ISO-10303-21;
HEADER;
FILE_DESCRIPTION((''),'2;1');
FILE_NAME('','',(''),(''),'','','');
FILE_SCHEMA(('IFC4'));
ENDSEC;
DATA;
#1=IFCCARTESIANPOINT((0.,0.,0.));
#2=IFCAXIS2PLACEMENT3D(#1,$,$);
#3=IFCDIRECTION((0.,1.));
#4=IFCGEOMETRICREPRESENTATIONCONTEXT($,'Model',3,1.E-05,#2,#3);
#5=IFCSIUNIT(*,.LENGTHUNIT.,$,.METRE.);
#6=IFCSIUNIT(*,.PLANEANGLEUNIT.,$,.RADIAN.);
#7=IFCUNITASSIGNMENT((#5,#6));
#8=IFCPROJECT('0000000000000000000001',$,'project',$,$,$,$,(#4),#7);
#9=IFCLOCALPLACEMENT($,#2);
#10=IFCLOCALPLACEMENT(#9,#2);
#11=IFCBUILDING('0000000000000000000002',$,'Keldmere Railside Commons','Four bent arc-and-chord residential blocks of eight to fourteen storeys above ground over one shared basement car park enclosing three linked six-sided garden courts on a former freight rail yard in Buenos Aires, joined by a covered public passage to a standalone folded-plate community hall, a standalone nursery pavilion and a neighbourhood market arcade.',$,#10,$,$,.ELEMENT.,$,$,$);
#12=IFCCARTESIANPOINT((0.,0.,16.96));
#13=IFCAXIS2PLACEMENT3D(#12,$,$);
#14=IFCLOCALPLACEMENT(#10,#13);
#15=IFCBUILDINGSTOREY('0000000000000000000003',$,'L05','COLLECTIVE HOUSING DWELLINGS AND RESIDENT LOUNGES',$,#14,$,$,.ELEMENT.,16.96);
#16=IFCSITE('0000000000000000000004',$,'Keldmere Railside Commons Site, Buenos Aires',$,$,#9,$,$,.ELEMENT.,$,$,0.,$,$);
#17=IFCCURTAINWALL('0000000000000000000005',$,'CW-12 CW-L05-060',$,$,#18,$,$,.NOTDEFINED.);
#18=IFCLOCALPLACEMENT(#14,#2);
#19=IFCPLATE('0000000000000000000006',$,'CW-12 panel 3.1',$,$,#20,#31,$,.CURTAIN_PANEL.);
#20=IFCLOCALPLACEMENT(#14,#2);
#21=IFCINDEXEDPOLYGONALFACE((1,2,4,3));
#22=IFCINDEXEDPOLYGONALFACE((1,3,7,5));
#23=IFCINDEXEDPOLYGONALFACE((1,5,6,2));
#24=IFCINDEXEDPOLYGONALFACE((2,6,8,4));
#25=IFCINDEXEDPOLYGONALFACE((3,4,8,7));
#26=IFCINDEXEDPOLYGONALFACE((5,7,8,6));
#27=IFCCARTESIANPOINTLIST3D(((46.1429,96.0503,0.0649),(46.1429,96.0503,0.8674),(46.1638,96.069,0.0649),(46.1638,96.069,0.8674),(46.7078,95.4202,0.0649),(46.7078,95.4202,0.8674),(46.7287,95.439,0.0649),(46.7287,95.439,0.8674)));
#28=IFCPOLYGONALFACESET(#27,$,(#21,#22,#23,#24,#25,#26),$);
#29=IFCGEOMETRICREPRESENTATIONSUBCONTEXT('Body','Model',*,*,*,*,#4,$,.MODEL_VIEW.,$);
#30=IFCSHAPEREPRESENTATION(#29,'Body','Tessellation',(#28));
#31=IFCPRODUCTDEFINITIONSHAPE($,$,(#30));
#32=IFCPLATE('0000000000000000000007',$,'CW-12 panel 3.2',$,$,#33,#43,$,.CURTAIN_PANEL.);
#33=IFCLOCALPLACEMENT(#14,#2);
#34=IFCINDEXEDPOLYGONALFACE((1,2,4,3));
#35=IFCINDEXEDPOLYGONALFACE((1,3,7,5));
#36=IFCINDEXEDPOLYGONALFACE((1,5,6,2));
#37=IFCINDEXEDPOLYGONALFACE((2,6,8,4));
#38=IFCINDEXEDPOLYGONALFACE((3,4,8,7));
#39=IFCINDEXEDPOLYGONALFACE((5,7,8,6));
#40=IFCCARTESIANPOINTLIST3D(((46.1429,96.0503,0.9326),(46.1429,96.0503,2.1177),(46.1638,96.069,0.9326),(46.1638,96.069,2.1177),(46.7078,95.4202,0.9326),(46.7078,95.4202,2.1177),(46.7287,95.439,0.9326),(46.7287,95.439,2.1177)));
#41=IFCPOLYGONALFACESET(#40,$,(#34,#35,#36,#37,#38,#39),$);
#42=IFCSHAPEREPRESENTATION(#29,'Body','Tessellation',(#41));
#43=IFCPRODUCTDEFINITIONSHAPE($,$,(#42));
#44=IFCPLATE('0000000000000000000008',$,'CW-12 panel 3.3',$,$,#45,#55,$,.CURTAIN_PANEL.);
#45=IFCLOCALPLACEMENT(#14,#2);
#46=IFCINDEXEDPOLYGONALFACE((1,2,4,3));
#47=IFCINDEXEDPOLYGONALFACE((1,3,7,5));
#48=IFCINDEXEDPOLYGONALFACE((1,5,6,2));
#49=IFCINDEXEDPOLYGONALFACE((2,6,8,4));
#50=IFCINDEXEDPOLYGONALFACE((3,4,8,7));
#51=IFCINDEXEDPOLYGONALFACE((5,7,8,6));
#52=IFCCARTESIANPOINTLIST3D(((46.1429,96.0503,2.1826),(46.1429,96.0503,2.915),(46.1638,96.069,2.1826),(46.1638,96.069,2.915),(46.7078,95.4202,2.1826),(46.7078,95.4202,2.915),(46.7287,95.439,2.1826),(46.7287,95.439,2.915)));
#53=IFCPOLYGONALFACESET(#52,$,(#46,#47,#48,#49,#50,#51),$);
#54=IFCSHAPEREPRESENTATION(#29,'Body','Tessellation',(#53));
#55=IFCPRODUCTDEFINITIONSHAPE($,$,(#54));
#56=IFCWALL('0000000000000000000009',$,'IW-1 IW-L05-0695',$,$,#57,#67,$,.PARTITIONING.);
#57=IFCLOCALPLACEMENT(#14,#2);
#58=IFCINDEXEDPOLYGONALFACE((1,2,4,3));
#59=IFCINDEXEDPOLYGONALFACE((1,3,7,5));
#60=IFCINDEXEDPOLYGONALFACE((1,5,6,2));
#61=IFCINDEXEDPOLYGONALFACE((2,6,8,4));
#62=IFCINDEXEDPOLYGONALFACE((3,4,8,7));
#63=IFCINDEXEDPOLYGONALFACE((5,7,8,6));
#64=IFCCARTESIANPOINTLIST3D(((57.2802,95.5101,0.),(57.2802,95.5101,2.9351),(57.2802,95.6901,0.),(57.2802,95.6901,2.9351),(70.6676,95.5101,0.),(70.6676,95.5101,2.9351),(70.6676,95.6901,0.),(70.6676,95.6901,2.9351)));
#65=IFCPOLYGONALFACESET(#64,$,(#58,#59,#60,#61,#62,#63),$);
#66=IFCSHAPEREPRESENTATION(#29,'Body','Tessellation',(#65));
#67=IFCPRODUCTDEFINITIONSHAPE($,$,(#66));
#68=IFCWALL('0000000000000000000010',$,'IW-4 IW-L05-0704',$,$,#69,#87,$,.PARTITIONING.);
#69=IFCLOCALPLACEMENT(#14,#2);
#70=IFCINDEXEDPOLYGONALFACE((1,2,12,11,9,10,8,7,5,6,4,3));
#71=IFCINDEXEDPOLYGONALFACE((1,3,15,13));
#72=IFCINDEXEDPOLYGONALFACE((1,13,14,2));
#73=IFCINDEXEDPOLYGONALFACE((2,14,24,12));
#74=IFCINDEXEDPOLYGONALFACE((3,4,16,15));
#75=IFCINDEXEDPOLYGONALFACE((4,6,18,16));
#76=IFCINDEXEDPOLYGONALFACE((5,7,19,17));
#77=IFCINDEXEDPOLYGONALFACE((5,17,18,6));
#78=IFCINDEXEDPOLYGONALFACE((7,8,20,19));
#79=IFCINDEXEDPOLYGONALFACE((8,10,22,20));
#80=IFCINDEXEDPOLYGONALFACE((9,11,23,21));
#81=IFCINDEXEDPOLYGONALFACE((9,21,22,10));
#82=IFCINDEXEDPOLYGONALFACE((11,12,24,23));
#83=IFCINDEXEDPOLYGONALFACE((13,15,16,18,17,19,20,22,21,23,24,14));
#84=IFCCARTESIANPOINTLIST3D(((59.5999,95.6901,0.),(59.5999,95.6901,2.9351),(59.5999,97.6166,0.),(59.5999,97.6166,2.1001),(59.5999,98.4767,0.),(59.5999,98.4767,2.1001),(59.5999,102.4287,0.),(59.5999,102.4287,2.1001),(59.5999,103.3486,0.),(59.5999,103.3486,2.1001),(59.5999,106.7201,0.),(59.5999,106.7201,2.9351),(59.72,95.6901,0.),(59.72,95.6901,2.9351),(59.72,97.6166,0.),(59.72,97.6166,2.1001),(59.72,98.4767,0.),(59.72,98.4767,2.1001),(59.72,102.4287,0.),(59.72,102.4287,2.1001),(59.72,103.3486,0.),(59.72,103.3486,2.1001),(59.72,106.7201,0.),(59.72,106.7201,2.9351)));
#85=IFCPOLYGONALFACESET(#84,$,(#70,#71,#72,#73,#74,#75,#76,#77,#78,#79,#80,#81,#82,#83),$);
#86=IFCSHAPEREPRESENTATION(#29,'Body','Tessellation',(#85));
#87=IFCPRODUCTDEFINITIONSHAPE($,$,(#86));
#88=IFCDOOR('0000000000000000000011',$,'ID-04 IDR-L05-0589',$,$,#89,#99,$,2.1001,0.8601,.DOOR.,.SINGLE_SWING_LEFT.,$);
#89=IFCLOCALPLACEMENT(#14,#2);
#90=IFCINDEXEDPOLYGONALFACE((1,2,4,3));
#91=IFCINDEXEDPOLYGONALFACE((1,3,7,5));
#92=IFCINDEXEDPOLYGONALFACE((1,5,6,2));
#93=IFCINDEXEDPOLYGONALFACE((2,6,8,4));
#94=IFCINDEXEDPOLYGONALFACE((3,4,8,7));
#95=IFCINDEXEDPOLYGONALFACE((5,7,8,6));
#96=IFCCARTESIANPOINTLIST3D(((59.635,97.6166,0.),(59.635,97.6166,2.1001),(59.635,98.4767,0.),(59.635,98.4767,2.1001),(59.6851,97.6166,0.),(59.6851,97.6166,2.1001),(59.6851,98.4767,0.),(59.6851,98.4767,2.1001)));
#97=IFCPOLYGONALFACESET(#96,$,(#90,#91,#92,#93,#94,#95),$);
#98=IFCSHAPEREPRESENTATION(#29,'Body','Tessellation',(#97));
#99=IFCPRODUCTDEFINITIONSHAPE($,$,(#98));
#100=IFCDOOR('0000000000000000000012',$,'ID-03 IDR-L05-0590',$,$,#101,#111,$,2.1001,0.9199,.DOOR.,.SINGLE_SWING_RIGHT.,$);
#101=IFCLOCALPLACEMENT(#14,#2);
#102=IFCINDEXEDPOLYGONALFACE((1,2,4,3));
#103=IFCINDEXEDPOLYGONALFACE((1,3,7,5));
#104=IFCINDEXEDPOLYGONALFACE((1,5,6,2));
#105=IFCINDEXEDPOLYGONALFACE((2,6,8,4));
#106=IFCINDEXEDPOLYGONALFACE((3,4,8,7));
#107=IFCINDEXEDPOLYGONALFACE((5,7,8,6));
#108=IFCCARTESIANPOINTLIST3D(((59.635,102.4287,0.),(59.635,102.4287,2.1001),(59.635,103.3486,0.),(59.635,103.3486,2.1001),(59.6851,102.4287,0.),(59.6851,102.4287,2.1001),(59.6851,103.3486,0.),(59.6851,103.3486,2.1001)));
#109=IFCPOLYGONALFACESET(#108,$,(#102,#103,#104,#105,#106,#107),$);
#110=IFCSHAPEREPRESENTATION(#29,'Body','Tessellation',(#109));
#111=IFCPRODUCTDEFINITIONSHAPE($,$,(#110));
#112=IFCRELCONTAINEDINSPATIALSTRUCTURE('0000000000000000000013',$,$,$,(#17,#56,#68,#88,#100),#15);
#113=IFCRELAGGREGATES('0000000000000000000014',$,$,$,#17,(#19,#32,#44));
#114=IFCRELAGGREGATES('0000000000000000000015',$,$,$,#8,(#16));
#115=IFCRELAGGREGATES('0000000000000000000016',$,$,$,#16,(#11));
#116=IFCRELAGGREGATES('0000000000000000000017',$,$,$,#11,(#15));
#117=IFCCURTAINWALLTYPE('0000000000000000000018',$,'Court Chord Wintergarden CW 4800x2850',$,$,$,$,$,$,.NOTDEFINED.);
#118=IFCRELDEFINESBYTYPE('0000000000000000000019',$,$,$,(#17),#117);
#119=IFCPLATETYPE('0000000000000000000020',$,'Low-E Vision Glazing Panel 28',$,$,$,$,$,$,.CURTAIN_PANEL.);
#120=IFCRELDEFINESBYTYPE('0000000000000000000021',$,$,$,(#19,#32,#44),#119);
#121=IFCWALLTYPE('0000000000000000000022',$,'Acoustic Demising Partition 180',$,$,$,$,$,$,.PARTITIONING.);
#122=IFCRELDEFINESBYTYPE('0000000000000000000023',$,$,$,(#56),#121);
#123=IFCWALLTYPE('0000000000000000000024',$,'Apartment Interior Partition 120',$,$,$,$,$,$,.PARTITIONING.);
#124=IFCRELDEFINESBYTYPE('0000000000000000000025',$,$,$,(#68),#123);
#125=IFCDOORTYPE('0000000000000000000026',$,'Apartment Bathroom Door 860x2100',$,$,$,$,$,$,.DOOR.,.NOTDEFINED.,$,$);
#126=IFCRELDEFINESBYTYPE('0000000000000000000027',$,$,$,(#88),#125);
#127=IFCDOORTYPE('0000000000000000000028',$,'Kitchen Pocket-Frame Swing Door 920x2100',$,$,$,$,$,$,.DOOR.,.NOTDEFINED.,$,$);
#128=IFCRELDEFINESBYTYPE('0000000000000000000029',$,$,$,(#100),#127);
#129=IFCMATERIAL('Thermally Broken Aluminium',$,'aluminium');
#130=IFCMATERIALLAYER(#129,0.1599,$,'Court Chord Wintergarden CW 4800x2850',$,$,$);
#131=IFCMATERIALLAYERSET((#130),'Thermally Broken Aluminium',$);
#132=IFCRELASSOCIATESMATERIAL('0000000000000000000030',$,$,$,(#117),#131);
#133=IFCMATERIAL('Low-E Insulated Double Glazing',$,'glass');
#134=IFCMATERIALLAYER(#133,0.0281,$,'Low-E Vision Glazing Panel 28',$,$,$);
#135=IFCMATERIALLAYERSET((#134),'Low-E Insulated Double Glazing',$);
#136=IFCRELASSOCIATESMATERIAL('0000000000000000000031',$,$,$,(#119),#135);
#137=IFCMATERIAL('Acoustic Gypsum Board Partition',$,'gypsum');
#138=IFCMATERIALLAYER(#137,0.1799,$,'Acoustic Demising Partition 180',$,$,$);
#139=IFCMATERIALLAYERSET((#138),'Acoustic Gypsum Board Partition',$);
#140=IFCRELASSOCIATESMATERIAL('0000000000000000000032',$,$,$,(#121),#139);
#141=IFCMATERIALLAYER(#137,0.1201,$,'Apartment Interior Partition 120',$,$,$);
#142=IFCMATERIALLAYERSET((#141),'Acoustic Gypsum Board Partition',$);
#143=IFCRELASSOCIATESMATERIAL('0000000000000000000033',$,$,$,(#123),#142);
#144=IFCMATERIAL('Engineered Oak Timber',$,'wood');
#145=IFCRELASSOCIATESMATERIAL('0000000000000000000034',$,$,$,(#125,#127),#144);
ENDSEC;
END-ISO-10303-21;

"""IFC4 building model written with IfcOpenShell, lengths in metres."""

from ifc_helpers import new_model, si_unit, direction, frame, frame_2d, origin, origin_2d, place, context, subcontext, project, spatial, rectangle, extrude, material, layer, layer_set, type_object, element, fill, aggregate, save


model = new_model("IFC4")

# Units and contexts
model_context = context("Model", 3, precision=1e-05, world=origin(), true_north=direction((0.0, 1.0)))
body_context = subcontext(model_context, "Body", "Model", "MODEL_VIEW")
ifc_project = project(units=[si_unit("LENGTHUNIT", "METRE"), si_unit("PLANEANGLEUNIT", "RADIAN")], contexts=[model_context])

# Site, building, storey
site_placement = place(None, origin())
site = spatial("IfcSite", under=ifc_project, at=site_placement, Name="Keldmere Railside Commons Site, Buenos Aires", CompositionType="ELEMENT", RefElevation=0.0)
building_placement = place(site_placement, origin())
building = spatial("IfcBuilding", under=site, at=building_placement, Name="Keldmere Railside Commons", Description="Four bent arc-and-chord residential blocks of eight to fourteen storeys above ground over one shared basement car park enclosing three linked six-sided garden courts on a former freight rail yard in Buenos Aires, joined by a covered public passage to a standalone folded-plate community hall, a standalone nursery pavilion and a neighbourhood market arcade.", CompositionType="ELEMENT")
storey_placement = place(building_placement, frame((0.0, 0.0, 16.96)))
storey = spatial("IfcBuildingStorey", under=building, at=storey_placement, Name="L05", Description="COLLECTIVE HOUSING DWELLINGS AND RESIDENT LOUNGES", CompositionType="ELEMENT", Elevation=16.96)

# Shared definitions
ifc_material_1 = material(Name="Thermally Broken Aluminium", Category="aluminium")

# Curtain wall
ifc_layer_1 = layer(ifc_material_1, 0.1599, Name="Court Chord Wintergarden CW 4800x2850")
ifc_layer_set_1 = layer_set([ifc_layer_1], Name="Thermally Broken Aluminium")
curtain_wall_type_1 = type_object("IfcCurtainWallType", Name="Court Chord Wintergarden CW 4800x2850", PredefinedType="NOTDEFINED", material=ifc_layer_set_1)
curtain_wall_1_placement = place(storey_placement, origin())
curtain_wall_1 = element("IfcCurtainWall", 1, at=curtain_wall_1_placement, inside=storey, type_object=curtain_wall_type_1, Name="CW-12 CW-L05-060", PredefinedType="NOTDEFINED")

# Plates
ifc_material_2 = material(Name="Low-E Insulated Double Glazing", Category="glass")
ifc_layer_2 = layer(ifc_material_2, 0.0281, Name="Low-E Vision Glazing Panel 28")
ifc_layer_set_2 = layer_set([ifc_layer_2], Name="Low-E Insulated Double Glazing")
plate_type_1 = type_object("IfcPlateType", Name="Low-E Vision Glazing Panel 28", PredefinedType="CURTAIN_PANEL", material=ifc_layer_set_2)
plate_1_placement = place(storey_placement, frame((46.4358, 95.7446, 0.0649), z_axis=(0.0, 0.0, 1.0), x_axis=(-0.667559, 0.744557, 0.0)))
plate_1 = element("IfcPlate", 2, at=plate_1_placement, type_object=plate_type_1, Name="CW-12 panel 3.1", PredefinedType="CURTAIN_PANEL", context=body_context, shape_type="SweptSolid", body=[
    extrude(rectangle(XDim=0.8462, YDim=0.0281, at=origin_2d()), origin(), (0.0, 0.0, 1.0), 0.8025),
])
plate_2_placement = place(storey_placement, frame((46.4358, 95.7446, 0.9326), z_axis=(0.0, 0.0, 1.0), x_axis=(-0.667559, 0.744557, 0.0)))
plate_2 = element("IfcPlate", 3, at=plate_2_placement, type_object=plate_type_1, Name="CW-12 panel 3.2", PredefinedType="CURTAIN_PANEL", context=body_context, shape_type="SweptSolid", body=[
    extrude(rectangle(XDim=0.8462, YDim=0.0281, at=origin_2d()), origin(), (0.0, 0.0, 1.0), 1.1851),
])
plate_3_placement = place(storey_placement, frame((46.4358, 95.7446, 2.1826), z_axis=(0.0, 0.0, 1.0), x_axis=(-0.667559, 0.744557, 0.0)))
plate_3 = element("IfcPlate", 4, at=plate_3_placement, type_object=plate_type_1, Name="CW-12 panel 3.3", PredefinedType="CURTAIN_PANEL", context=body_context, shape_type="SweptSolid", body=[
    extrude(rectangle(XDim=0.8462, YDim=0.0281, at=origin_2d()), origin(), (0.0, 0.0, 1.0), 0.7324),
])
aggregate(curtain_wall_1, [plate_1, plate_2, plate_3])

# Wall
ifc_material_3 = material(Name="Acoustic Gypsum Board Partition", Category="gypsum")
ifc_layer_3 = layer(ifc_material_3, 0.1799, Name="Acoustic Demising Partition 180")
ifc_layer_set_3 = layer_set([ifc_layer_3], Name="Acoustic Gypsum Board Partition")
wall_type_1 = type_object("IfcWallType", Name="Acoustic Demising Partition 180", PredefinedType="PARTITIONING", material=ifc_layer_set_3)
wall_1_placement = place(storey_placement, frame((57.28, 95.6001, 0.0), z_axis=(0.0, 0.0, 1.0), x_axis=(1.0, 0.0, 0.0)))
element("IfcWall", 5, at=wall_1_placement, inside=storey, type_object=wall_type_1, Name="IW-1 IW-L05-0695", PredefinedType="PARTITIONING", context=body_context, shape_type="SweptSolid", body=[
    extrude(rectangle(XDim=13.3875, YDim=0.1799, at=frame_2d((6.6938, 0.0))), origin(), (0.0, 0.0, 1.0), 2.9351),
])

# Wall, openings, doors
ifc_layer_4 = layer(ifc_material_3, 0.1201, Name="Apartment Interior Partition 120")
ifc_layer_set_4 = layer_set([ifc_layer_4], Name="Acoustic Gypsum Board Partition")
wall_type_2 = type_object("IfcWallType", Name="Apartment Interior Partition 120", PredefinedType="PARTITIONING", material=ifc_layer_set_4)
wall_2_placement = place(storey_placement, frame((59.6599, 95.6899, 0.0), z_axis=(0.0, 0.0, 1.0), x_axis=(0.0, 1.0, 0.0)))
wall_2 = element("IfcWall", 6, at=wall_2_placement, inside=storey, type_object=wall_type_2, Name="IW-4 IW-L05-0704", PredefinedType="PARTITIONING", context=body_context, shape_type="SweptSolid", body=[
    extrude(rectangle(XDim=11.03, YDim=0.1201, at=frame_2d((5.5151, 0.0))), origin(), (0.0, 0.0, 1.0), 2.9351),
])
opening_1_placement = place(wall_2_placement, frame((1.9265, 0.0, 0.0)))
opening_1 = element("IfcOpeningElement", 7, at=opening_1_placement, cuts=wall_2, PredefinedType="OPENING", context=body_context, shape_type="SweptSolid", body=[
    extrude(rectangle(XDim=0.8601, YDim=2.1001, at=frame_2d((0.4302, 1.05))), frame((0.0, 0.0701, 0.0), z_axis=(0.0, -1.0, 0.0), x_axis=(1.0, 0.0, 0.0)), (0.0, 0.0, 1.0), 0.1401),
])
opening_2_placement = place(wall_2_placement, frame((6.7388, 0.0, 0.0)))
opening_2 = element("IfcOpeningElement", 8, at=opening_2_placement, cuts=wall_2, PredefinedType="OPENING", context=body_context, shape_type="SweptSolid", body=[
    extrude(rectangle(XDim=0.9199, YDim=2.1001, at=frame_2d((0.46, 1.05))), frame((0.0, 0.0701, 0.0), z_axis=(0.0, -1.0, 0.0), x_axis=(1.0, 0.0, 0.0)), (0.0, 0.0, 1.0), 0.1401),
])
ifc_material_4 = material(Name="Engineered Oak Timber", Category="wood")
door_type_1 = type_object("IfcDoorType", Name="Apartment Bathroom Door 860x2100", OperationType="NOTDEFINED", PredefinedType="DOOR", material=ifc_material_4)
door_1_placement = place(opening_1_placement, origin())
door_1 = element("IfcDoor", 9, at=door_1_placement, inside=storey, type_object=door_type_1, Name="ID-04 IDR-L05-0589", OperationType="SINGLE_SWING_LEFT", OverallHeight=2.1001, OverallWidth=0.8601, PredefinedType="DOOR", context=body_context, shape_type="SweptSolid", body=[
    extrude(rectangle(XDim=0.8601, YDim=2.1001, at=frame_2d((0.4302, 1.05))), frame((0.0, 0.0249, 0.0), z_axis=(0.0, -1.0, 0.0), x_axis=(1.0, 0.0, 0.0)), (0.0, 0.0, 1.0), 0.05),
])
fill(opening_1, door_1)
door_type_2 = type_object("IfcDoorType", Name="Kitchen Pocket-Frame Swing Door 920x2100", OperationType="NOTDEFINED", PredefinedType="DOOR", material=ifc_material_4)
door_2_placement = place(opening_2_placement, origin())
door_2 = element("IfcDoor", 10, at=door_2_placement, inside=storey, type_object=door_type_2, Name="ID-03 IDR-L05-0590", OperationType="SINGLE_SWING_RIGHT", OverallHeight=2.1001, OverallWidth=0.9199, PredefinedType="DOOR", context=body_context, shape_type="SweptSolid", body=[
    extrude(rectangle(XDim=0.9199, YDim=2.1001, at=frame_2d((0.46, 1.05))), frame((0.0, 0.0249, 0.0), z_axis=(0.0, -1.0, 0.0), x_axis=(1.0, 0.0, 0.0)), (0.0, 0.0, 1.0), 0.05),
])
fill(opening_2, door_2)

save(model, "model.ifc")
